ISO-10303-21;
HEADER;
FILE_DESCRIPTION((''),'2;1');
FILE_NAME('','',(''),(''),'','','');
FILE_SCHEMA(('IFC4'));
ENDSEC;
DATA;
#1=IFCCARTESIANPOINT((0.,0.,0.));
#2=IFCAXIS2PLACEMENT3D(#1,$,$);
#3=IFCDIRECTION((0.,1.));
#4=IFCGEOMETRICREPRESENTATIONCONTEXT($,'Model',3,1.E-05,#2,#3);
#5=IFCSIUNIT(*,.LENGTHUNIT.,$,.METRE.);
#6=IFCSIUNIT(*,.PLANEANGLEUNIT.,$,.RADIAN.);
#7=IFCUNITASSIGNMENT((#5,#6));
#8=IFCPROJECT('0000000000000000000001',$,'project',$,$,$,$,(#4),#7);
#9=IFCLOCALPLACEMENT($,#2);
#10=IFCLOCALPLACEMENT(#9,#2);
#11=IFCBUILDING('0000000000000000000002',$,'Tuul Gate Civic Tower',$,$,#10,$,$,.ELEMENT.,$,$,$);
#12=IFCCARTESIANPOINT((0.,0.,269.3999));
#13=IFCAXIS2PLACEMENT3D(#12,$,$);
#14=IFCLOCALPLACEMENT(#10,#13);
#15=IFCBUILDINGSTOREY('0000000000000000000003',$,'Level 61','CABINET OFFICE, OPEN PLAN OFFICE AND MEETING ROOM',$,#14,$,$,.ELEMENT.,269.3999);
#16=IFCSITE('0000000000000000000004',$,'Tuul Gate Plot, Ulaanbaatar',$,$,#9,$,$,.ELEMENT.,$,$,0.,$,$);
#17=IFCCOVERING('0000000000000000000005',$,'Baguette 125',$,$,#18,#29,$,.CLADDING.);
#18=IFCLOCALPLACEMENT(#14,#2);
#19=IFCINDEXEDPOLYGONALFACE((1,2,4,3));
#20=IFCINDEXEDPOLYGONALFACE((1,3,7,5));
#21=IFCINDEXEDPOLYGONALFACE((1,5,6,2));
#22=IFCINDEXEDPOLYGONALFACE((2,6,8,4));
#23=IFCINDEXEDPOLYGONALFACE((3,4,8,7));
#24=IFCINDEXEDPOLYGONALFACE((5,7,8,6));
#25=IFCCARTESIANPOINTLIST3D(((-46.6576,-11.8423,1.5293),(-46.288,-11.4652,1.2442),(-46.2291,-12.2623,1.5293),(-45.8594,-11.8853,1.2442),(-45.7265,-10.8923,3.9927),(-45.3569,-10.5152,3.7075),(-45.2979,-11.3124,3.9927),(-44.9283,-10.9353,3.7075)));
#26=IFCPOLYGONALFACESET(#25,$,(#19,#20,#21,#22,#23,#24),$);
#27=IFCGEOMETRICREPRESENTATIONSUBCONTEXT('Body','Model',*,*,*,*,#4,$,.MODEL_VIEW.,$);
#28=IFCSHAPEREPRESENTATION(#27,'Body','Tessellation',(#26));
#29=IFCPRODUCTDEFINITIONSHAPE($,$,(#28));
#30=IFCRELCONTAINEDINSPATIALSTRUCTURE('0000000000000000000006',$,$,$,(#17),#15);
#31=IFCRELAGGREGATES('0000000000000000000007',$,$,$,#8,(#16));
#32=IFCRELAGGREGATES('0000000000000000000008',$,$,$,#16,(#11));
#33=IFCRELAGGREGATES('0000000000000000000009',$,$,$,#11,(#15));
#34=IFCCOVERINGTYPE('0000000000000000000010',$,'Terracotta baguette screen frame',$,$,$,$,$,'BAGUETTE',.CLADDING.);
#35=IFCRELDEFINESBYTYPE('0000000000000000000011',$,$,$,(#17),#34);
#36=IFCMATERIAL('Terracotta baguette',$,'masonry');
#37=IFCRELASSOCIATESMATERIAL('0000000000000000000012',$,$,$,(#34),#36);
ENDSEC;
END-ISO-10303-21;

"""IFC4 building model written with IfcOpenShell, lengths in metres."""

from ifc_helpers import new_model, si_unit, direction, frame, origin, origin_2d, place, context, subcontext, project, spatial, rectangle, extrude, material, material_profile, profile_set, type_object, element, save


model = new_model("IFC4")

# Units and contexts
model_context = context("Model", 3, precision=1e-05, world=origin(), true_north=direction((0.0, 1.0)))
body_context = subcontext(model_context, "Body", "Model", "MODEL_VIEW")
ifc_project = project(units=[si_unit("LENGTHUNIT", "METRE"), si_unit("PLANEANGLEUNIT", "RADIAN")], contexts=[model_context])

# Site, building, storey
site_placement = place(None, origin())
site = spatial("IfcSite", under=ifc_project, at=site_placement, Name="Tuul Gate Plot, Ulaanbaatar", CompositionType="ELEMENT", RefElevation=0.0)
building_placement = place(site_placement, origin())
building = spatial("IfcBuilding", under=site, at=building_placement, Name="Tuul Gate Civic Tower", CompositionType="ELEMENT")
storey_placement = place(building_placement, frame((0.0, 0.0, 269.3999)))
storey = spatial("IfcBuildingStorey", under=building, at=storey_placement, Name="Level 61", Description="CABINET OFFICE, OPEN PLAN OFFICE AND MEETING ROOM", CompositionType="ELEMENT", Elevation=269.3999)

# Covering
ifc_material_1 = material(Name="Terracotta baguette", Category="masonry")
ifc_material_profile_1 = material_profile(ifc_material_1, rectangle(XDim=0.6001, YDim=0.6001, at=origin_2d()), Name="Terracotta baguette screen frame")
ifc_profile_set_1 = profile_set([ifc_material_profile_1], Name="Terracotta baguette")
covering_type = type_object("IfcCoveringType", Name="Terracotta baguette screen frame", ElementType="BAGUETTE", PredefinedType="CLADDING", material=ifc_profile_set_1)
covering_1_placement = place(storey_placement, frame((-45.3274, -10.9138, 3.8501), z_axis=(-0.332603, -0.339318, -0.879908), x_axis=(0.714138, -0.700005, 0.0)))
element("IfcCovering", 1, at=covering_1_placement, inside=storey, type_object=covering_type, Name="Baguette 125", PredefinedType="CLADDING", context=body_context, shape_type="SweptSolid", body=[
    extrude(rectangle(XDim=0.6001, YDim=0.6001, at=origin_2d()), origin(), (0.0, 0.0, 1.0), 2.7996),
])

save(model, "model.ifc")
